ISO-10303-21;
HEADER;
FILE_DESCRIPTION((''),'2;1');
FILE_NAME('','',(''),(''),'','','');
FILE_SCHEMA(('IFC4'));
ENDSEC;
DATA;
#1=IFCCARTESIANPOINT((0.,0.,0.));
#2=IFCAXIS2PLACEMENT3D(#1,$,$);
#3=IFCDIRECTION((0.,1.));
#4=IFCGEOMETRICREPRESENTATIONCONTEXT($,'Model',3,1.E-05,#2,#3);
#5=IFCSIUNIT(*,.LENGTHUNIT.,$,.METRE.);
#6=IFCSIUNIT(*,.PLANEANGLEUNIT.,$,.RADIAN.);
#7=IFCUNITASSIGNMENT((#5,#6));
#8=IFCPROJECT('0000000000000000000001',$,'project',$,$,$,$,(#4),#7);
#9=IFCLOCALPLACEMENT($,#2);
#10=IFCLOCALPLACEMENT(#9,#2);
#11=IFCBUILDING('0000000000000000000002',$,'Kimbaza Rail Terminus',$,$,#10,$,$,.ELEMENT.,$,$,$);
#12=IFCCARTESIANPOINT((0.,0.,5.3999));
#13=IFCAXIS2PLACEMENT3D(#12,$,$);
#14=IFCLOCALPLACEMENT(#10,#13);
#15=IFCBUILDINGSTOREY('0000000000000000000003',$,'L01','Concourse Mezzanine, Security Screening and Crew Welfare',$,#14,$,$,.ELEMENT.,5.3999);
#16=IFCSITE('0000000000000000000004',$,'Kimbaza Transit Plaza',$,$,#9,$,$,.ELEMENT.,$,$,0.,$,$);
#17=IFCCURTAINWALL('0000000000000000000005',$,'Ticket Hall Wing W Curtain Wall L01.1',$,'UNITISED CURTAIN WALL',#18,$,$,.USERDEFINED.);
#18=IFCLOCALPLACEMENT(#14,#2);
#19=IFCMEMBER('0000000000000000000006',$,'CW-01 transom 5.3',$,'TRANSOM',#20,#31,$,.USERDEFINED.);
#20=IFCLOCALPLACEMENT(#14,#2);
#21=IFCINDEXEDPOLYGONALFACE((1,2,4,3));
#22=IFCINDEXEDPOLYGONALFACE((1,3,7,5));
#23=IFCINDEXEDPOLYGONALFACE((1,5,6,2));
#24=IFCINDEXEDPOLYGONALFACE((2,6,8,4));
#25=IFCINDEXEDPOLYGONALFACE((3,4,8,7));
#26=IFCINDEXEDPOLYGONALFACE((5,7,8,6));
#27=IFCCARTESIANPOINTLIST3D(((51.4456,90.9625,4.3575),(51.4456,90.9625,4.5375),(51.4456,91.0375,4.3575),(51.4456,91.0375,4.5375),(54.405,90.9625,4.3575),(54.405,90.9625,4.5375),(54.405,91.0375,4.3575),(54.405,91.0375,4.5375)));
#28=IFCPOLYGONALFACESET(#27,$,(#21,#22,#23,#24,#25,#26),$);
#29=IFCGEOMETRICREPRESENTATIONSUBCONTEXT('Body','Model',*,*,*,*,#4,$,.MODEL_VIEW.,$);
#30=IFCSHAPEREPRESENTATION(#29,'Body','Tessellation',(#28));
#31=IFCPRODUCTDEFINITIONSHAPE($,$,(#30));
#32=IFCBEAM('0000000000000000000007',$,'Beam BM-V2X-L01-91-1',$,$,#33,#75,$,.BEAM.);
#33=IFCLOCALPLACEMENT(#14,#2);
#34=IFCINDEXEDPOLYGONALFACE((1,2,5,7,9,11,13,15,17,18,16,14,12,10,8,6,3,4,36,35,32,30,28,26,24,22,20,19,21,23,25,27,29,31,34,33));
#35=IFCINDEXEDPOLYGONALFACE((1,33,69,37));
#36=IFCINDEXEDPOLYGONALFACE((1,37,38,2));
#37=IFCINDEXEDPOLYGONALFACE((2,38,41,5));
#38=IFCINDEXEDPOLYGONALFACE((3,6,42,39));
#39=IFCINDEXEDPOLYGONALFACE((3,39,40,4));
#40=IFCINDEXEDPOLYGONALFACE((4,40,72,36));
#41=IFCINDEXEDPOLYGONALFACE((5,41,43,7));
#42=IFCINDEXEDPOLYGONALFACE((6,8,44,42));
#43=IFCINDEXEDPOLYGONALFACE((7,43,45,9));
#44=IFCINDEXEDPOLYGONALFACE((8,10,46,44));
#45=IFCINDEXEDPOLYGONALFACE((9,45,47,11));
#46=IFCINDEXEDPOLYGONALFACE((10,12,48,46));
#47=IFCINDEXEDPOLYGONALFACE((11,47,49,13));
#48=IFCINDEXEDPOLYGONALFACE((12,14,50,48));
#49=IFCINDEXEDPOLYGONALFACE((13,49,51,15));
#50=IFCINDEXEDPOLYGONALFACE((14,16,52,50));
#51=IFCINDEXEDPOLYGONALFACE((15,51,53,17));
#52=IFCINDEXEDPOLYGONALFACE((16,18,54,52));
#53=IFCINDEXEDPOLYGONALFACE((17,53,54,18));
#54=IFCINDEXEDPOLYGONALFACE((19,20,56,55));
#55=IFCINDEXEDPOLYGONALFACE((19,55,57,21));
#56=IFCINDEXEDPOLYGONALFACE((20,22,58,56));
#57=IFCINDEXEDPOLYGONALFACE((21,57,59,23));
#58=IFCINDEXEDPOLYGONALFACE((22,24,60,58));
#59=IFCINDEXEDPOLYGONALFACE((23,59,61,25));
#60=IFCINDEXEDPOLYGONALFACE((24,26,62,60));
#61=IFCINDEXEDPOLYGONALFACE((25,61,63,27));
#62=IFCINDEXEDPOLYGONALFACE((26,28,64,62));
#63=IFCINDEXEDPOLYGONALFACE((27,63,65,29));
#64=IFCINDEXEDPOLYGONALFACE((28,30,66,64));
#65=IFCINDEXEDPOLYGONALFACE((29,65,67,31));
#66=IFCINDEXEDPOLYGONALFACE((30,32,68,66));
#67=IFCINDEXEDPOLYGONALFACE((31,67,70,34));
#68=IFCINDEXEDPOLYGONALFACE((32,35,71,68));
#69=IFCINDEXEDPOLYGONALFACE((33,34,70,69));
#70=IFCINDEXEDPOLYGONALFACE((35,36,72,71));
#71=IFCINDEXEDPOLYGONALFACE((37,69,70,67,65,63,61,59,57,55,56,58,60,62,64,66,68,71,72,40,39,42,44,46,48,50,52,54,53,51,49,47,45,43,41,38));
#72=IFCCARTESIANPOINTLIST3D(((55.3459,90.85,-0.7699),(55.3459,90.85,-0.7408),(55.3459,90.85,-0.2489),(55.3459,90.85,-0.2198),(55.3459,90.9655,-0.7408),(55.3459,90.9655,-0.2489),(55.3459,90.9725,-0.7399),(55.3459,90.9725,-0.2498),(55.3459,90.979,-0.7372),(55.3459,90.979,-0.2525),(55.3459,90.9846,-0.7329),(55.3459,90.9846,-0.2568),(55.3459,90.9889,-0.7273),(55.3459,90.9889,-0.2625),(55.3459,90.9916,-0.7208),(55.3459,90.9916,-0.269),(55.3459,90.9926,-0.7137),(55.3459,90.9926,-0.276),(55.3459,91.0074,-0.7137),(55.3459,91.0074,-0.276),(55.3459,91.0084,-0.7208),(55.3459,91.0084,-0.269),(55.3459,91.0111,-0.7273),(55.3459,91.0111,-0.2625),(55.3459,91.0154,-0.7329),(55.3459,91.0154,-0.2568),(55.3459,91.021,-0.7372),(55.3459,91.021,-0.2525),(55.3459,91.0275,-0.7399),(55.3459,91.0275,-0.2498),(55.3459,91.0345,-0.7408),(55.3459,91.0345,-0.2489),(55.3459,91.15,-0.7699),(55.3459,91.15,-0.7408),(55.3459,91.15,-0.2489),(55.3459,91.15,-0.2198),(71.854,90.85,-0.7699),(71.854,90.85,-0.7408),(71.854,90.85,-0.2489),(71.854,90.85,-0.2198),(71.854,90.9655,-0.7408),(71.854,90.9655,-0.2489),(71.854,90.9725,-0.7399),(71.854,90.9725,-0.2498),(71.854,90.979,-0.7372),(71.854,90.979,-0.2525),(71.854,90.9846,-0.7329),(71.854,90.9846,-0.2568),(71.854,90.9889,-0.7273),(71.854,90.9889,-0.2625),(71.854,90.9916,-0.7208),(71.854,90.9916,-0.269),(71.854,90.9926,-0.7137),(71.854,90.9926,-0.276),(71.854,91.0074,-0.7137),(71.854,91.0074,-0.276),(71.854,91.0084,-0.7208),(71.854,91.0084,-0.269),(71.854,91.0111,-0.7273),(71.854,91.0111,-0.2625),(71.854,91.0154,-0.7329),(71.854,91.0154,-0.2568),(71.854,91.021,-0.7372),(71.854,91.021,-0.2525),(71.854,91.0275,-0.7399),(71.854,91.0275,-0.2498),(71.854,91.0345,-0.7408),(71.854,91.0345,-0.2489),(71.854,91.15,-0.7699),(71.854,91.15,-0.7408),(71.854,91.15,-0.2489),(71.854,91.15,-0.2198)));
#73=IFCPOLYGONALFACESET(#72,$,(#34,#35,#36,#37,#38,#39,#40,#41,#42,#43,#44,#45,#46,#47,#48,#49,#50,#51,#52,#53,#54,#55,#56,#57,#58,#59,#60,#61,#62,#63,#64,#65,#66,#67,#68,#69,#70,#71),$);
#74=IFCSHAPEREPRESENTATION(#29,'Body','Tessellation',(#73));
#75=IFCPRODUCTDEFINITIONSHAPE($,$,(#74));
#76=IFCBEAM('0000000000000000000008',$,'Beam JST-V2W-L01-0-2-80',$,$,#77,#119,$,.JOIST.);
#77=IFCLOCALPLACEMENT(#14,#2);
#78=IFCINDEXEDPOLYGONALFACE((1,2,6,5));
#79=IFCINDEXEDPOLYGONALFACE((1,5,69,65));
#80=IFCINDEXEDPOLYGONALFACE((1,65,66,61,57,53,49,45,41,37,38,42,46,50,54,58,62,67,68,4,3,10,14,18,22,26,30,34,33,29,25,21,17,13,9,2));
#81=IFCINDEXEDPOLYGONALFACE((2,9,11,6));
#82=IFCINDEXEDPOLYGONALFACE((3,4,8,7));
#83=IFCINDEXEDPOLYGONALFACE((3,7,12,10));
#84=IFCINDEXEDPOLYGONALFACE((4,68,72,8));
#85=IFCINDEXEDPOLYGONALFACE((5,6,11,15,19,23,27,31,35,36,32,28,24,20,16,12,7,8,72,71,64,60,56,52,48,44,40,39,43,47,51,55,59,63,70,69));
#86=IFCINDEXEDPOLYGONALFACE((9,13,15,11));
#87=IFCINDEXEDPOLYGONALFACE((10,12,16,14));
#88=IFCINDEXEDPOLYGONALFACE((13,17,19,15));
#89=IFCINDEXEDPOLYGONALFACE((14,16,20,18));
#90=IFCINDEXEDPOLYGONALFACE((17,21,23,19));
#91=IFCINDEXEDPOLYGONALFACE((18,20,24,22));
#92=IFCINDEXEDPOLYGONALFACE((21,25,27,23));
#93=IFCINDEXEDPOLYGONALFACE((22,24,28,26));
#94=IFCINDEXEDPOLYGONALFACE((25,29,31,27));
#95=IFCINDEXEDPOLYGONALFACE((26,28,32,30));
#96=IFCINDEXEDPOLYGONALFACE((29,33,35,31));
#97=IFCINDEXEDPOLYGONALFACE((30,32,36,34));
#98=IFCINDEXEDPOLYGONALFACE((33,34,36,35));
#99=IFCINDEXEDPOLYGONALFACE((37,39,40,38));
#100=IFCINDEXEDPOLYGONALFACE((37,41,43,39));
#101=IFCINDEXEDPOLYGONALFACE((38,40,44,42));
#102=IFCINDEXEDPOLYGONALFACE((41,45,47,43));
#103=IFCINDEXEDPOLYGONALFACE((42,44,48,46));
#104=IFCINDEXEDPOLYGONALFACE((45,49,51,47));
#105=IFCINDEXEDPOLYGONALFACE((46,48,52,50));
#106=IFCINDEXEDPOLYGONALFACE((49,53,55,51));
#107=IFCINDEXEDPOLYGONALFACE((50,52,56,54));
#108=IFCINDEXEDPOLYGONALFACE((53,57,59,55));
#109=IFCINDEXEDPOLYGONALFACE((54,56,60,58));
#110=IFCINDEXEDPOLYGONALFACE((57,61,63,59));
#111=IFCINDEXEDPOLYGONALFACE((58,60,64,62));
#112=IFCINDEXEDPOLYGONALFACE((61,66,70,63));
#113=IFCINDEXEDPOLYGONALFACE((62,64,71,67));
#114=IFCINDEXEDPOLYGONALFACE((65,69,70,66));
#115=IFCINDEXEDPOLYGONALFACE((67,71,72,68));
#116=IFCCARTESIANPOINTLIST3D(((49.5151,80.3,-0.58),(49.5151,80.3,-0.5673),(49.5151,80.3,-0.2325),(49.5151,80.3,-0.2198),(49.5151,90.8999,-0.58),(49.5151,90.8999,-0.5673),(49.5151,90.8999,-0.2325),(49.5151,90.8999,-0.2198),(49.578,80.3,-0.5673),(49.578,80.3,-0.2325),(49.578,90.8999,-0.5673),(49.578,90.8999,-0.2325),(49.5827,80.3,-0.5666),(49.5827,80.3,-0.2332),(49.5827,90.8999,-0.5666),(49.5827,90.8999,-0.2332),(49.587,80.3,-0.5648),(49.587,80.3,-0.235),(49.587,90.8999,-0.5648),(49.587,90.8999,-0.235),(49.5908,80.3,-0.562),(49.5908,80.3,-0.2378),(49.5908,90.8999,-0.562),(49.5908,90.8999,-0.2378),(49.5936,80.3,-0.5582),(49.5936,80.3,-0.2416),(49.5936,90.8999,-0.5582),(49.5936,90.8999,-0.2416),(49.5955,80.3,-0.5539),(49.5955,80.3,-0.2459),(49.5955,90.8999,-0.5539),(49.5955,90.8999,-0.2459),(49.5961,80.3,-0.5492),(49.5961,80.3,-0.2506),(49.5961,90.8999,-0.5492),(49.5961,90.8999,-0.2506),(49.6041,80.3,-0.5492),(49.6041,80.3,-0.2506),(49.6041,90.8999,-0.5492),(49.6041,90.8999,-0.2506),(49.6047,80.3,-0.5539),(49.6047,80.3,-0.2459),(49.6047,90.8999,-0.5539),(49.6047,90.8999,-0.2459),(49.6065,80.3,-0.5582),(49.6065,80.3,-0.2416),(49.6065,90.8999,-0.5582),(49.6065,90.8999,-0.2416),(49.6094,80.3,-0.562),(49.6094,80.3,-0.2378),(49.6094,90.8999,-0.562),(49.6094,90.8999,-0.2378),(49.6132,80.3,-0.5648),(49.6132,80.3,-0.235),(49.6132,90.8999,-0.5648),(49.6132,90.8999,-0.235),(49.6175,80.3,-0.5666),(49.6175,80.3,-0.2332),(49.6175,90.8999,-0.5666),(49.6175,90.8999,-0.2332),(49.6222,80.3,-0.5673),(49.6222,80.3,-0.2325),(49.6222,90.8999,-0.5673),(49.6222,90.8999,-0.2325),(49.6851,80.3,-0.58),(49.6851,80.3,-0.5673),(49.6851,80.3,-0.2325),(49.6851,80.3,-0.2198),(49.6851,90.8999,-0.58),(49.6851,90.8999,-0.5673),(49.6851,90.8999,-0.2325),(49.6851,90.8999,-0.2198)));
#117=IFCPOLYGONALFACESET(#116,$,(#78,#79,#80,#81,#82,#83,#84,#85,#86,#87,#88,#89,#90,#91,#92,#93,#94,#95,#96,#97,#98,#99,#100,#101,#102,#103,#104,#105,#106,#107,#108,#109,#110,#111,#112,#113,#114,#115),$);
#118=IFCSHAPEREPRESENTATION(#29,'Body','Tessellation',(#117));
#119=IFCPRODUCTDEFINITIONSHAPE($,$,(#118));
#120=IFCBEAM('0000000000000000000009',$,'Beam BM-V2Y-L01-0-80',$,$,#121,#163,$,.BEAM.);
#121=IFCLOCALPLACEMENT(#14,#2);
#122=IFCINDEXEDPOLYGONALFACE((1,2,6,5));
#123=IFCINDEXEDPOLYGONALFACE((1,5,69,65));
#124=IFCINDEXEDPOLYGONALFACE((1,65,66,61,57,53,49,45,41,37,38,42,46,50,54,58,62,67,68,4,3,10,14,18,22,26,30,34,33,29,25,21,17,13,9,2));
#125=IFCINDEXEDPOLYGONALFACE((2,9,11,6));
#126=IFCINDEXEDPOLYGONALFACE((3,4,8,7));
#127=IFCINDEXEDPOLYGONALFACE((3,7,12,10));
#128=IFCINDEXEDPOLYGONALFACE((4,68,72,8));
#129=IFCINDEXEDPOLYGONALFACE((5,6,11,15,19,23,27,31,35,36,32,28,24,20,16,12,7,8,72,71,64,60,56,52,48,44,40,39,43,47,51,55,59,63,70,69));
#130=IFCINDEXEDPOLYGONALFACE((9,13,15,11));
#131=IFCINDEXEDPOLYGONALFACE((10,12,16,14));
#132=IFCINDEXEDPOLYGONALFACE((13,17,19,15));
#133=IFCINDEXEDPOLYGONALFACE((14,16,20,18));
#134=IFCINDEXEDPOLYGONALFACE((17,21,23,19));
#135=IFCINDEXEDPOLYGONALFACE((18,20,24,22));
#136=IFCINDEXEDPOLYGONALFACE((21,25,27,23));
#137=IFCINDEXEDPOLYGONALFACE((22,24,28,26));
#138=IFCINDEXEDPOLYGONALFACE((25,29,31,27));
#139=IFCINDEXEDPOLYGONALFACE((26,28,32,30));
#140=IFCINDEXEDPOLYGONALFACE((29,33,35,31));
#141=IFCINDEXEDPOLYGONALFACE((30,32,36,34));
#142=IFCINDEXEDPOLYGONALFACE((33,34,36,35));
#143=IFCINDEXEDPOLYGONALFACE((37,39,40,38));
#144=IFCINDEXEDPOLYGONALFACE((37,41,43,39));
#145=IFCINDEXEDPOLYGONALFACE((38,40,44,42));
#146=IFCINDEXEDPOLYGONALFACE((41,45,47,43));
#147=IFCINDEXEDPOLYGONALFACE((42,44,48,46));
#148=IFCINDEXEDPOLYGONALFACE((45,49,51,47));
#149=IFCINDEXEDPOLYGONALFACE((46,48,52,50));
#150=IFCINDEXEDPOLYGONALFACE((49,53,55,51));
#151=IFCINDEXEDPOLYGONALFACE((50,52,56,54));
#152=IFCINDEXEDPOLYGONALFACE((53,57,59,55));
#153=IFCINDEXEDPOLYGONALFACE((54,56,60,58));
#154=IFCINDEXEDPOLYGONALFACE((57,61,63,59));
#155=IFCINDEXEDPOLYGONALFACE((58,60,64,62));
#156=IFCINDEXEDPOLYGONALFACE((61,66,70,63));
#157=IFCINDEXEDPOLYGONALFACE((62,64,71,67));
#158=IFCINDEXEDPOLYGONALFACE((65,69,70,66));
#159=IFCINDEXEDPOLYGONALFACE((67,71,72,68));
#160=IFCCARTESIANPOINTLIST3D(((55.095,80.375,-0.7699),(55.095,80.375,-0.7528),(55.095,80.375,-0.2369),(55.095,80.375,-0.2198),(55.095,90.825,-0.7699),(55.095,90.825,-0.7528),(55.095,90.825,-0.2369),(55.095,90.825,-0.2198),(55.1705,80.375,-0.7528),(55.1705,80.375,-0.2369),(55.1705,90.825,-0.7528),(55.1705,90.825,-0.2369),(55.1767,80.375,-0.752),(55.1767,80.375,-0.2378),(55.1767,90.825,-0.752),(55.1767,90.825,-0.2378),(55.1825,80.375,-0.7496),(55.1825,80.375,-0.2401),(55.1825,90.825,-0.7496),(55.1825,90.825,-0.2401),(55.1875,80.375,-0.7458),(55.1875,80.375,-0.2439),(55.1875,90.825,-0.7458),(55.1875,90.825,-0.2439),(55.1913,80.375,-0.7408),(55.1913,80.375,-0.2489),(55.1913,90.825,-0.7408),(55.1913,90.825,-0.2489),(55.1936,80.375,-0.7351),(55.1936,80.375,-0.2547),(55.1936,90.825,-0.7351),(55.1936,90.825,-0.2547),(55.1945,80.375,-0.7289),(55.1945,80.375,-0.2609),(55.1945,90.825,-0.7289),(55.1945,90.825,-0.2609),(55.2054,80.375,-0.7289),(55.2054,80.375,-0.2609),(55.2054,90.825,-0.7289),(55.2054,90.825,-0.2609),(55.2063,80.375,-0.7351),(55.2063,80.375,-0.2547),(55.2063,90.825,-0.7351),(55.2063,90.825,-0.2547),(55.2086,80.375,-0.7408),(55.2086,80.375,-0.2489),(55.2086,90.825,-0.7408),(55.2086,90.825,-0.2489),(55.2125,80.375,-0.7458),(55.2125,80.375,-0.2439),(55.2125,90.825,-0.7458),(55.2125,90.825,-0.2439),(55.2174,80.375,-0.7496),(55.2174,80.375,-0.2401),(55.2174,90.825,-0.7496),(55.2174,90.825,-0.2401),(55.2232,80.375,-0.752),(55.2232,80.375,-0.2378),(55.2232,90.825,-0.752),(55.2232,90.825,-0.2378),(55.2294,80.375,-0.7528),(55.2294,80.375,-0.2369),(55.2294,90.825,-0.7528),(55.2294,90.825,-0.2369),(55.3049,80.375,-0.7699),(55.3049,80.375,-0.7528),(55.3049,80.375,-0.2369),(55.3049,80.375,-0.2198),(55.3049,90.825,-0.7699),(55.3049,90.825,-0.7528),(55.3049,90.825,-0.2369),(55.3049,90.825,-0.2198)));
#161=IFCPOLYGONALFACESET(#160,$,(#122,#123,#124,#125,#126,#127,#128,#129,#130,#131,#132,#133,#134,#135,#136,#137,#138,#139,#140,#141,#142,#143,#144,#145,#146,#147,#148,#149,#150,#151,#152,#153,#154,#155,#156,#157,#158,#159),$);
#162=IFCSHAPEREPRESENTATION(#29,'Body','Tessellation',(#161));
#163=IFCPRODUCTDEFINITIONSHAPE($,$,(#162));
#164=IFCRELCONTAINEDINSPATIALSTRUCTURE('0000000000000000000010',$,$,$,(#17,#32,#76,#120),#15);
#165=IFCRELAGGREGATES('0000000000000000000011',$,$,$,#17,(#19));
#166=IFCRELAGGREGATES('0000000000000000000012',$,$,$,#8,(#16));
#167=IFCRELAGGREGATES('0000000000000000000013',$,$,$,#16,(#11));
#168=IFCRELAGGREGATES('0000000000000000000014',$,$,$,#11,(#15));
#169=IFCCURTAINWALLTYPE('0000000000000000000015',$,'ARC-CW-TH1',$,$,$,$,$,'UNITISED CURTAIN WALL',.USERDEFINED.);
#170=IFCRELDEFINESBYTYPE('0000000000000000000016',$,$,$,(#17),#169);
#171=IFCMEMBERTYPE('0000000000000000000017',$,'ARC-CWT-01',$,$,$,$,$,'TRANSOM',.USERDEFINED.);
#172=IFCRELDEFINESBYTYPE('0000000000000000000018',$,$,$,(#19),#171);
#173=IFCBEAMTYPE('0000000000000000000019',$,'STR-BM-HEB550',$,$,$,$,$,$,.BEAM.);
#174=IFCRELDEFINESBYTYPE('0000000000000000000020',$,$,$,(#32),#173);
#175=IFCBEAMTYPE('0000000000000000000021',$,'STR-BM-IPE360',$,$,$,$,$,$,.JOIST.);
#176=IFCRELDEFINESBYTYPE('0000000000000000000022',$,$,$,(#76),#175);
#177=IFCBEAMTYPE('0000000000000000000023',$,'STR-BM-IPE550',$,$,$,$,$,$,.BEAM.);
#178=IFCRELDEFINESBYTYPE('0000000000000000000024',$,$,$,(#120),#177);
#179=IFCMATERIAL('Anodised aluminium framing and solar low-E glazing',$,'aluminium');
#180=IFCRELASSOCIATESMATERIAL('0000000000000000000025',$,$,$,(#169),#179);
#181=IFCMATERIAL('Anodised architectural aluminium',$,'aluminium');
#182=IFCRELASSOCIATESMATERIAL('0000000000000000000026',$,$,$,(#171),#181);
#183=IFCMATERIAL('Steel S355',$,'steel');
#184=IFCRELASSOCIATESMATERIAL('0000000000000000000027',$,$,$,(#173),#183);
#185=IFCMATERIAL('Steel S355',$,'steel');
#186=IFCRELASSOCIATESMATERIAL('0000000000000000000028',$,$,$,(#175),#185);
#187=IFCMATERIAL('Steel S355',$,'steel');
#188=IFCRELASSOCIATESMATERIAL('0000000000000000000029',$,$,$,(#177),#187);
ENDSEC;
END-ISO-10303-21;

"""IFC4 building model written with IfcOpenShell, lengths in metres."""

from ifc_helpers import new_model, si_unit, direction, frame, origin, origin_2d, place, context, subcontext, project, spatial, rectangle, i_section, extrude, material, material_profile, profile_set, type_object, element, aggregate, save


model = new_model("IFC4")

# Units and contexts
model_context = context("Model", 3, precision=1e-05, world=origin(), true_north=direction((0.0, 1.0)))
body_context = subcontext(model_context, "Body", "Model", "MODEL_VIEW")
ifc_project = project(units=[si_unit("LENGTHUNIT", "METRE"), si_unit("PLANEANGLEUNIT", "RADIAN")], contexts=[model_context])

# Site, building, storey
site_placement = place(None, origin())
site = spatial("IfcSite", under=ifc_project, at=site_placement, Name="Kimbaza Transit Plaza", CompositionType="ELEMENT", RefElevation=0.0)
building_placement = place(site_placement, origin())
building = spatial("IfcBuilding", under=site, at=building_placement, Name="Kimbaza Rail Terminus", CompositionType="ELEMENT")
storey_placement = place(building_placement, frame((0.0, 0.0, 5.3999)))
storey = spatial("IfcBuildingStorey", under=building, at=storey_placement, Name="L01", Description="Concourse Mezzanine, Security Screening and Crew Welfare", CompositionType="ELEMENT", Elevation=5.3999)

# Curtain wall, member
ifc_material_1 = material(Name="Anodised aluminium framing and solar low-E glazing", Category="aluminium")
curtain_wall_type = type_object("IfcCurtainWallType", Name="ARC-CW-TH1", ElementType="UNITISED CURTAIN WALL", PredefinedType="USERDEFINED", material=ifc_material_1)
curtain_wall_placement = place(storey_placement, origin())
curtain_wall = element("IfcCurtainWall", 1, at=curtain_wall_placement, inside=storey, type_object=curtain_wall_type, Name="Ticket Hall Wing W Curtain Wall L01.1", ObjectType="UNITISED CURTAIN WALL", PredefinedType="USERDEFINED")
ifc_material_2 = material(Name="Anodised architectural aluminium", Category="aluminium")
ifc_material_profile_1 = material_profile(ifc_material_2, rectangle(XDim=0.075, YDim=0.1799, at=origin_2d()), Name="TRANSOM 75x180")
ifc_profile_set_1 = profile_set([ifc_material_profile_1], Name="Anodised architectural aluminium")
member_type_1 = type_object("IfcMemberType", Name="ARC-CWT-01", ElementType="TRANSOM", PredefinedType="USERDEFINED", material=ifc_profile_set_1)
member_1_placement = place(storey_placement, frame((51.4456, 91.0, 4.4475), z_axis=(1.0, 0.0, 0.0), x_axis=(0.0, 1.0, 0.0)))
member_1 = element("IfcMember", 2, at=member_1_placement, type_object=member_type_1, Name="CW-01 transom 5.3", ObjectType="TRANSOM", PredefinedType="USERDEFINED", context=body_context, shape_type="SweptSolid", body=[
    extrude(rectangle(XDim=0.075, YDim=0.1799, at=origin_2d()), origin(), (0.0, 0.0, 1.0), 2.9595),
])

# Beams
ifc_material_3 = material(Name="Steel S355", Category="steel")
ifc_material_profile_2 = material_profile(ifc_material_3, i_section(OverallWidth=0.3, OverallDepth=0.55, WebThickness=0.0149, FlangeThickness=0.0291, FilletRadius=0.0271, at=origin_2d()), Name="HEB 550")
ifc_profile_set_2 = profile_set([ifc_material_profile_2], Name="Steel S355")
beam_type_1 = type_object("IfcBeamType", Name="STR-BM-HEB550", PredefinedType="BEAM", material=ifc_profile_set_2)
beam_1_placement = place(storey_placement, frame((55.3459, 91.0, -0.4949), z_axis=(1.0, 0.0, 0.0), x_axis=(0.0, 1.0, 0.0)))
element("IfcBeam", 3, at=beam_1_placement, inside=storey, type_object=beam_type_1, Name="Beam BM-V2X-L01-91-1", PredefinedType="BEAM", context=body_context, shape_type="SweptSolid", body=[
    extrude(i_section(OverallWidth=0.3, OverallDepth=0.55, WebThickness=0.0149, FlangeThickness=0.0291, FilletRadius=0.0271, at=origin_2d()), origin(), (0.0, 0.0, 1.0), 16.5081),
])
ifc_material_4 = material(Name="Steel S355", Category="steel")
ifc_material_profile_3 = material_profile(ifc_material_4, i_section(OverallWidth=0.1699, OverallDepth=0.3601, WebThickness=0.0081, FlangeThickness=0.0127, FilletRadius=0.0181, at=origin_2d()), Name="IPE 360")
ifc_profile_set_3 = profile_set([ifc_material_profile_3], Name="Steel S355")
beam_type_2 = type_object("IfcBeamType", Name="STR-BM-IPE360", PredefinedType="JOIST", material=ifc_profile_set_3)
beam_2_placement = place(storey_placement, frame((49.6001, 80.3, -0.3999), z_axis=(0.0, 1.0, 0.0), x_axis=(-1.0, 0.0, 0.0)))
element("IfcBeam", 4, at=beam_2_placement, inside=storey, type_object=beam_type_2, Name="Beam JST-V2W-L01-0-2-80", PredefinedType="JOIST", context=body_context, shape_type="SweptSolid", body=[
    extrude(i_section(OverallWidth=0.1699, OverallDepth=0.3601, WebThickness=0.0081, FlangeThickness=0.0127, FilletRadius=0.0181, at=origin_2d()), origin(), (0.0, 0.0, 1.0), 10.5999),
])
ifc_material_5 = material(Name="Steel S355", Category="steel")
ifc_material_profile_4 = material_profile(ifc_material_5, i_section(OverallWidth=0.21, OverallDepth=0.55, WebThickness=0.011, FlangeThickness=0.0171, FilletRadius=0.0239, at=origin_2d()), Name="IPE 550")
ifc_profile_set_4 = profile_set([ifc_material_profile_4], Name="Steel S355")
beam_type_3 = type_object("IfcBeamType", Name="STR-BM-IPE550", PredefinedType="BEAM", material=ifc_profile_set_4)
beam_3_placement = place(storey_placement, frame((55.2, 80.375, -0.4949), z_axis=(0.0, 1.0, 0.0), x_axis=(-1.0, 0.0, 0.0)))
element("IfcBeam", 5, at=beam_3_placement, inside=storey, type_object=beam_type_3, Name="Beam BM-V2Y-L01-0-80", PredefinedType="BEAM", context=body_context, shape_type="SweptSolid", body=[
    extrude(i_section(OverallWidth=0.21, OverallDepth=0.55, WebThickness=0.011, FlangeThickness=0.0171, FilletRadius=0.0239, at=origin_2d()), origin(), (0.0, 0.0, 1.0), 10.45),
])

aggregate(curtain_wall, [member_1])

save(model, "model.ifc")
